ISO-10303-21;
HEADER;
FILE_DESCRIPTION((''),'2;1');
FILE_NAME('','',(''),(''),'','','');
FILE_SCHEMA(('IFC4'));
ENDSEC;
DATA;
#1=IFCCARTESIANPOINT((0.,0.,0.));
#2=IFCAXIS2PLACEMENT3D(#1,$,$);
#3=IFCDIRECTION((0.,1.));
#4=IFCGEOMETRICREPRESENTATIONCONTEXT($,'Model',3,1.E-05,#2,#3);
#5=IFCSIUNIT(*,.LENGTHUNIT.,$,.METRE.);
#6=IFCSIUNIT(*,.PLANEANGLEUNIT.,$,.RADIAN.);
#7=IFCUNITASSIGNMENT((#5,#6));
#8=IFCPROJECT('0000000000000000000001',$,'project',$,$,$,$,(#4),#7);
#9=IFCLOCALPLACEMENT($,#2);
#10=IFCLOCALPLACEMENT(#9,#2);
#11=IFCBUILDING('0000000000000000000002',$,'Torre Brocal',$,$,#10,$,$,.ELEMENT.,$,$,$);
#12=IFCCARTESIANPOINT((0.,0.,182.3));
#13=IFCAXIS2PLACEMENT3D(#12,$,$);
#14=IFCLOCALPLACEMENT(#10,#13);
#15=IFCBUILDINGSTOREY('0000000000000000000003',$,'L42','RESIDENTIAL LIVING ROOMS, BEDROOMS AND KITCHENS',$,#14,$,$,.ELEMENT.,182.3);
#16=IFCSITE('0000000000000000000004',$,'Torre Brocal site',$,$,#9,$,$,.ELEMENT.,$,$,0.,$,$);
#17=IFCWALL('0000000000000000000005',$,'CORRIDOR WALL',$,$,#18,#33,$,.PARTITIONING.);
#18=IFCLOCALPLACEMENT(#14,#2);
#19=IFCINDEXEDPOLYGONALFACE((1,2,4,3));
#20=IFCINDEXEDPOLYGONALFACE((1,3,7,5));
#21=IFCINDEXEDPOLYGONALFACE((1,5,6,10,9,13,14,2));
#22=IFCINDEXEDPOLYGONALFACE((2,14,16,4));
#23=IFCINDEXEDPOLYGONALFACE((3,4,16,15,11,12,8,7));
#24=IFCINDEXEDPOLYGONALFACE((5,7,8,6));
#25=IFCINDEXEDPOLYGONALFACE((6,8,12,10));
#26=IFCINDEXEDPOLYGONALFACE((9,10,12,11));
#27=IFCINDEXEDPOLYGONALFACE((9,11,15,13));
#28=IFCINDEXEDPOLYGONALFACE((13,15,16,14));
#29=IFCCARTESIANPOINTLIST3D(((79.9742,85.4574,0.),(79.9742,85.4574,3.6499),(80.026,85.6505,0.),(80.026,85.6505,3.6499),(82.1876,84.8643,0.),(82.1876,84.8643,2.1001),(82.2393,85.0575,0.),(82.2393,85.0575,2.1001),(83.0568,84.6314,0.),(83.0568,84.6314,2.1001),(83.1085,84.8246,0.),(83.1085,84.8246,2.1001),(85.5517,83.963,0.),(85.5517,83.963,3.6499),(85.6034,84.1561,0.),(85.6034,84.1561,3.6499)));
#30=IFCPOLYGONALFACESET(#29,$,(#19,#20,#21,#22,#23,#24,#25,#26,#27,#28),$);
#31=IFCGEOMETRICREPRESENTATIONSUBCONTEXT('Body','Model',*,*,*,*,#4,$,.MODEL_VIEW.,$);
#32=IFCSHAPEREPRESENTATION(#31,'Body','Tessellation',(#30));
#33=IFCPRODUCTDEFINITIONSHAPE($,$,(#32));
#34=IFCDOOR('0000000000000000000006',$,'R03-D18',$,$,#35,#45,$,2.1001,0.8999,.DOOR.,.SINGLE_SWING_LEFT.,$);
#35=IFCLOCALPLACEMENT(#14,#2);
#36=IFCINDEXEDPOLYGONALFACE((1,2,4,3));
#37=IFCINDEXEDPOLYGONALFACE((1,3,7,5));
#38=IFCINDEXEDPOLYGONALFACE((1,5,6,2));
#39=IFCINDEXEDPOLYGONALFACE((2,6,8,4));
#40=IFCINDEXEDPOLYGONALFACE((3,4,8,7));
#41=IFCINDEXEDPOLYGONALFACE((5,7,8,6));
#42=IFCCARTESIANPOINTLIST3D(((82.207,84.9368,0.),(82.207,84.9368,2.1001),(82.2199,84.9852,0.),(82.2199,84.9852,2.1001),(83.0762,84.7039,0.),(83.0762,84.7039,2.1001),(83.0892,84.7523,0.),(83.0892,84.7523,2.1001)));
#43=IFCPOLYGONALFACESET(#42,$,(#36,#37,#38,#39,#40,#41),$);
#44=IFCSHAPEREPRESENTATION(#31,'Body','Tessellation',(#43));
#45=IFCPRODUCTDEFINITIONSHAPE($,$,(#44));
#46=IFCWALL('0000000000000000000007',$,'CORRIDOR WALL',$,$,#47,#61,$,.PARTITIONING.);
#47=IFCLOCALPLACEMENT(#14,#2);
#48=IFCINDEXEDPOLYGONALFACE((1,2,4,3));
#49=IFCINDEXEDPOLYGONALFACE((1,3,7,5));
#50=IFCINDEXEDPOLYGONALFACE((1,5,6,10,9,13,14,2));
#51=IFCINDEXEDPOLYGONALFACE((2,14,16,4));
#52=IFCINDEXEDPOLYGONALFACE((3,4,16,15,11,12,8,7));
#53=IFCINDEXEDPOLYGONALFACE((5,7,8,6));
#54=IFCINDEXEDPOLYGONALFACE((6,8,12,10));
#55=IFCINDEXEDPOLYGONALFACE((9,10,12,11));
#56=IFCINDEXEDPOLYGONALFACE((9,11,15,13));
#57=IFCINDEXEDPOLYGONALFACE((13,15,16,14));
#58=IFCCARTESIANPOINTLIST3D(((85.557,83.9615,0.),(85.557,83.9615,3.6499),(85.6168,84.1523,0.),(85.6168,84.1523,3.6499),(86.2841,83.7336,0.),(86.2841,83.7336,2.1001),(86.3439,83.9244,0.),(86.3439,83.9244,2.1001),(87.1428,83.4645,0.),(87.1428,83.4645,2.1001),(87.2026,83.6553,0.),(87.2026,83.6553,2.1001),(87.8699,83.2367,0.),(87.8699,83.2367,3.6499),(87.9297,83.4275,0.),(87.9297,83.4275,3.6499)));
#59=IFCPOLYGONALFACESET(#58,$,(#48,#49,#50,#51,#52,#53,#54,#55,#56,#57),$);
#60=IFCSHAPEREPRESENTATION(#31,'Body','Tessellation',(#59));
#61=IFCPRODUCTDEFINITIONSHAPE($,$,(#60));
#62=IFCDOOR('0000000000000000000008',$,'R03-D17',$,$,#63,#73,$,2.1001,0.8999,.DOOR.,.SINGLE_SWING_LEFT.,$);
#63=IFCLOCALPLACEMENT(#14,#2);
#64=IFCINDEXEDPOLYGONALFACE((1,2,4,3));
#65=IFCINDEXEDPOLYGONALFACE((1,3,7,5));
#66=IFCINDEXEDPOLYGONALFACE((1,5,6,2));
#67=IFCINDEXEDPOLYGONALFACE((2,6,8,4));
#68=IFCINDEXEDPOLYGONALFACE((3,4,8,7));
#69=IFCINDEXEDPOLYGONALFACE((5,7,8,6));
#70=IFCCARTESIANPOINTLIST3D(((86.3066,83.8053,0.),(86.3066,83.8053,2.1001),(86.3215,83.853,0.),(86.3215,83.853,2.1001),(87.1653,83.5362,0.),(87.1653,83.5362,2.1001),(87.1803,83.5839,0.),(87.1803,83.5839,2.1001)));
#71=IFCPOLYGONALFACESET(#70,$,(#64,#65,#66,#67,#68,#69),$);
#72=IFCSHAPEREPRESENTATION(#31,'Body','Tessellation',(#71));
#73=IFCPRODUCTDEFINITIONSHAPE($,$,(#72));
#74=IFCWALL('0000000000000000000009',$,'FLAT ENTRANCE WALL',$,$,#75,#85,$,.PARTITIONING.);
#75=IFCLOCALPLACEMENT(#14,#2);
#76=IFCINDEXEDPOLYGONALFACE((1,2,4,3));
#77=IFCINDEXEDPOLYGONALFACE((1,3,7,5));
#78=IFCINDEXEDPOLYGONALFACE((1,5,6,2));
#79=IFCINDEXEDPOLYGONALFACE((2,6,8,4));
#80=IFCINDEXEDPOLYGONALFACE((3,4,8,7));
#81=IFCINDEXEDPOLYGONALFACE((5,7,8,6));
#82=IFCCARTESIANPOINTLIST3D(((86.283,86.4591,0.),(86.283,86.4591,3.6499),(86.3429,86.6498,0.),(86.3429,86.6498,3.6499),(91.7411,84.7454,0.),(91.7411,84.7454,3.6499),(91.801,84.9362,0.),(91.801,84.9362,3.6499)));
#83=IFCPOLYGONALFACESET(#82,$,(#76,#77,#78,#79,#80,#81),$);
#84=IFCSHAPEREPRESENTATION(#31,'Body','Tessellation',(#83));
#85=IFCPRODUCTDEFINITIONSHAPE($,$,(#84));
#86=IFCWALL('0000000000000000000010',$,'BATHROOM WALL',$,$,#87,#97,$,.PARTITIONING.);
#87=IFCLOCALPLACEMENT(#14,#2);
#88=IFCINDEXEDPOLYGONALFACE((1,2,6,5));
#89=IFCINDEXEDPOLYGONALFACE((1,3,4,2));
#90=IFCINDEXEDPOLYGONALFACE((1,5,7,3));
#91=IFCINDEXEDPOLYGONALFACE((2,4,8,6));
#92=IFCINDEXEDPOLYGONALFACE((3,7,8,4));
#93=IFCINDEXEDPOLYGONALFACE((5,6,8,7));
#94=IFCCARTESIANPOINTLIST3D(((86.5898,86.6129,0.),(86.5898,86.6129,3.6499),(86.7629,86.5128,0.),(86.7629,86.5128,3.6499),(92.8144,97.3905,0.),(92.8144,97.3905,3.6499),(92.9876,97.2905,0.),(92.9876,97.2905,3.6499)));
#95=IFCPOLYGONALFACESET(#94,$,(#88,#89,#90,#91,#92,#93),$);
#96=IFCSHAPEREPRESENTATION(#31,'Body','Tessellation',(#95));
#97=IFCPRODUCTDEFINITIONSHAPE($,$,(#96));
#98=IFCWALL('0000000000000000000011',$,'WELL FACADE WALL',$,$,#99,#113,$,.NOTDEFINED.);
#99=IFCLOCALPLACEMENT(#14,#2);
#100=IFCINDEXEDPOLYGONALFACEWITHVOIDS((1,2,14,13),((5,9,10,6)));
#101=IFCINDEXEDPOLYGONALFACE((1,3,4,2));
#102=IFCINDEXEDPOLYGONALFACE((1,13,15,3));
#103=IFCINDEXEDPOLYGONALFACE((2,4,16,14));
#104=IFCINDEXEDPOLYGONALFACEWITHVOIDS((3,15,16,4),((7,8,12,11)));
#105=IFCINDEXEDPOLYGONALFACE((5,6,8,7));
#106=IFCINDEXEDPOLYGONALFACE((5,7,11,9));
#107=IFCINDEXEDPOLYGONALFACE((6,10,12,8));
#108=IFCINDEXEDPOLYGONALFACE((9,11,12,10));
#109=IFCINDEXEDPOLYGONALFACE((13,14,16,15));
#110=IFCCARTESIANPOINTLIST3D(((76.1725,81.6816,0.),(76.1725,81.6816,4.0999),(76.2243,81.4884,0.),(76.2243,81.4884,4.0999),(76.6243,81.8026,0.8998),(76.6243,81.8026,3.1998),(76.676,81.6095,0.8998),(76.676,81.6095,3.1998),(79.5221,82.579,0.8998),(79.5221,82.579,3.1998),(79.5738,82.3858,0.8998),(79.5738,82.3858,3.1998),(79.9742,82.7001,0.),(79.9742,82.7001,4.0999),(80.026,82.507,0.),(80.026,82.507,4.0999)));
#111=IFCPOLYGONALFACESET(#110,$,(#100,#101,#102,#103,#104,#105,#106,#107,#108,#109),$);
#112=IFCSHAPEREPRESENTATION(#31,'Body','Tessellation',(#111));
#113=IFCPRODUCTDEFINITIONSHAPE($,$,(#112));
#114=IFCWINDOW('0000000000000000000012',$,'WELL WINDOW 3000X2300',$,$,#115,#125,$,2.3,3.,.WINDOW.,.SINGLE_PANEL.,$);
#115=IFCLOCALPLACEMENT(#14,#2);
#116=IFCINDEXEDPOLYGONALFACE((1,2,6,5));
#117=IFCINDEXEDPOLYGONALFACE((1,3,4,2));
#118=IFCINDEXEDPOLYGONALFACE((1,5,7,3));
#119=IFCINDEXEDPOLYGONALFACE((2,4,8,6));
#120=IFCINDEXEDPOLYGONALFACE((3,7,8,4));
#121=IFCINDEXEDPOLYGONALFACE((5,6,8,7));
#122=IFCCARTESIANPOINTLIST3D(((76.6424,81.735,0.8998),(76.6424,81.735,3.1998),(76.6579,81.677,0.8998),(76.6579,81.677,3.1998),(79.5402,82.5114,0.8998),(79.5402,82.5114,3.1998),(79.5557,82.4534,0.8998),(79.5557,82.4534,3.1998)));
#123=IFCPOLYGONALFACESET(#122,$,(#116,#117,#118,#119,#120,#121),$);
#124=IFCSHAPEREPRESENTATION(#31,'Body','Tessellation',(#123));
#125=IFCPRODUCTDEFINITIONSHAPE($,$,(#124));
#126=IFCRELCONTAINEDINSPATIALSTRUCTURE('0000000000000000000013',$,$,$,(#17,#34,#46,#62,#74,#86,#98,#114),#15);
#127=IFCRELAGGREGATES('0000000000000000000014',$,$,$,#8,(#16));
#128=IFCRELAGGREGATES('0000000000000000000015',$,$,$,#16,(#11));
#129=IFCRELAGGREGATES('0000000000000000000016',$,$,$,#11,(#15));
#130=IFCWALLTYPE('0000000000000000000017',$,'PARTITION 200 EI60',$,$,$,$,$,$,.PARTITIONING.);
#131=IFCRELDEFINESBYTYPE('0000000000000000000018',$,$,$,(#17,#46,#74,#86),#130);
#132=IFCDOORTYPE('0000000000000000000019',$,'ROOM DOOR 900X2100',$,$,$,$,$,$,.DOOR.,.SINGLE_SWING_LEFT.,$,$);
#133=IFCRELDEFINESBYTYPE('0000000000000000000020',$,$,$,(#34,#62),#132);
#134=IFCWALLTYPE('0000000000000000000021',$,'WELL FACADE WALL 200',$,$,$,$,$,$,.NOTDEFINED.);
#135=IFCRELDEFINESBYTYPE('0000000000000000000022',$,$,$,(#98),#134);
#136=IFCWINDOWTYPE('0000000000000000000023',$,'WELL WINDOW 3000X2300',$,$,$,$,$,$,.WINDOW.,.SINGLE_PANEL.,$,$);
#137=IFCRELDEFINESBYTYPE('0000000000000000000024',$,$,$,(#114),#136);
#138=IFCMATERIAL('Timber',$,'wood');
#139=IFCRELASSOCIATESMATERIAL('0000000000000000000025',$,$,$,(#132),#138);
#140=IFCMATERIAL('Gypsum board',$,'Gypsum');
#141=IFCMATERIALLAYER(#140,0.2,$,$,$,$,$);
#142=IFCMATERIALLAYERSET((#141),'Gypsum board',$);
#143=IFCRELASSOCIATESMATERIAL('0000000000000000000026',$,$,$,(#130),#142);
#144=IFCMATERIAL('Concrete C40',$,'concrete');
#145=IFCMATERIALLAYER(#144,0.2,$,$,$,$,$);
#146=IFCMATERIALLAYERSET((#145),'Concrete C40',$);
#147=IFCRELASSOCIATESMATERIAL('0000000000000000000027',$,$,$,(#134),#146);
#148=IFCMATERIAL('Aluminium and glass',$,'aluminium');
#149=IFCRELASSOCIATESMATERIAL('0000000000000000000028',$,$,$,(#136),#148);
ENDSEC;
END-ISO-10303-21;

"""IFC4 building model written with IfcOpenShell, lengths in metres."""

from ifc_helpers import new_model, si_unit, direction, frame, frame_2d, origin, place, context, subcontext, project, spatial, rectangle, extrude, material, layer, layer_set, type_object, element, fill, save


model = new_model("IFC4")

# Units and contexts
model_context = context("Model", 3, precision=1e-05, world=origin(), true_north=direction((0.0, 1.0)))
body_context = subcontext(model_context, "Body", "Model", "MODEL_VIEW")
ifc_project = project(units=[si_unit("LENGTHUNIT", "METRE"), si_unit("PLANEANGLEUNIT", "RADIAN")], contexts=[model_context])

# Site, building, storey
site_placement = place(None, origin())
site = spatial("IfcSite", under=ifc_project, at=site_placement, Name="Torre Brocal site", CompositionType="ELEMENT", RefElevation=0.0)
building_placement = place(site_placement, origin())
building = spatial("IfcBuilding", under=site, at=building_placement, Name="Torre Brocal", CompositionType="ELEMENT")
storey_placement = place(building_placement, frame((0.0, 0.0, 182.3)))
storey = spatial("IfcBuildingStorey", under=building, at=storey_placement, Name="L42", Description="RESIDENTIAL LIVING ROOMS, BEDROOMS AND KITCHENS", CompositionType="ELEMENT", Elevation=182.3)

# Shared definitions
ifc_material_1 = material(Name="Timber", Category="wood")
door_type_1 = type_object("IfcDoorType", Name="ROOM DOOR 900X2100", OperationType="SINGLE_SWING_LEFT", PredefinedType="DOOR", material=ifc_material_1)

# Shared definitions
ifc_material_2 = material(Name="Gypsum board", Category="Gypsum")
ifc_layer_1 = layer(ifc_material_2, 0.2)
ifc_layer_set_1 = layer_set([ifc_layer_1], Name="Gypsum board")
wall_type_1 = type_object("IfcWallType", Name="PARTITION 200 EI60", PredefinedType="PARTITIONING", material=ifc_layer_set_1)

# Walls, openings, doors
wall_1_placement = place(storey_placement, frame((80.0, 85.554, 0.0), z_axis=(0.0, 0.0, 1.0), x_axis=(0.965929, -0.258807, 0.0)))
wall_1 = element("IfcWall", 1, at=wall_1_placement, inside=storey, type_object=wall_type_1, Name="CORRIDOR WALL", PredefinedType="PARTITIONING", context=body_context, shape_type="SweptSolid", body=[
    extrude(rectangle(XDim=5.7742, YDim=0.2, at=frame_2d((2.8872, 0.0))), origin(), (0.0, 0.0, 1.0), 3.6499),
])
opening_1_placement = place(wall_1_placement, frame((2.2915, 0.0, 0.0)))
opening_1 = element("IfcOpeningElement", 2, at=opening_1_placement, cuts=wall_1, PredefinedType="OPENING", context=body_context, shape_type="SweptSolid", body=[
    extrude(rectangle(XDim=0.8999, YDim=2.1001, at=frame_2d((0.45, 1.05))), frame((0.0, 0.1099, 0.0), z_axis=(0.0, -1.0, 0.0), x_axis=(1.0, 0.0, 0.0)), (0.0, 0.0, 1.0), 0.22),
])
door_1_placement = place(opening_1_placement, frame((0.8999, 0.0, 0.0), z_axis=(0.0, 0.0, 1.0), x_axis=(-1.0, 0.0, 0.0)))
door_1 = element("IfcDoor", 3, at=door_1_placement, inside=storey, type_object=door_type_1, Name="R03-D18", OperationType="SINGLE_SWING_LEFT", OverallHeight=2.1001, OverallWidth=0.8999, PredefinedType="DOOR", context=body_context, shape_type="SweptSolid", body=[
    extrude(rectangle(XDim=0.8999, YDim=2.1001, at=frame_2d((0.45, 1.05))), frame((0.0, 0.0249, 0.0), z_axis=(0.0, -1.0, 0.0), x_axis=(1.0, 0.0, 0.0)), (0.0, 0.0, 1.0), 0.05),
])
fill(opening_1, door_1)
wall_2_placement = place(storey_placement, frame((85.5869, 84.0569, 0.0), z_axis=(0.0, 0.0, 1.0), x_axis=(0.95424, -0.299043, 0.0)))
wall_2 = element("IfcWall", 4, at=wall_2_placement, inside=storey, type_object=wall_type_1, Name="CORRIDOR WALL", PredefinedType="PARTITIONING", context=body_context, shape_type="SweptSolid", body=[
    extrude(rectangle(XDim=2.4238, YDim=0.2, at=frame_2d((1.2119, 0.0))), origin(), (0.0, 0.0, 1.0), 3.6499),
])
opening_2_placement = place(wall_2_placement, frame((0.762, 0.0, 0.0)))
opening_2 = element("IfcOpeningElement", 5, at=opening_2_placement, cuts=wall_2, PredefinedType="OPENING", context=body_context, shape_type="SweptSolid", body=[
    extrude(rectangle(XDim=0.8999, YDim=2.1001, at=frame_2d((0.45, 1.05))), frame((0.0, 0.1099, 0.0), z_axis=(0.0, -1.0, 0.0), x_axis=(1.0, 0.0, 0.0)), (0.0, 0.0, 1.0), 0.22),
])
door_2_placement = place(opening_2_placement, frame((0.8999, 0.0, 0.0), z_axis=(0.0, 0.0, 1.0), x_axis=(-1.0, 0.0, 0.0)))
door_2 = element("IfcDoor", 6, at=door_2_placement, inside=storey, type_object=door_type_1, Name="R03-D17", OperationType="SINGLE_SWING_LEFT", OverallHeight=2.1001, OverallWidth=0.8999, PredefinedType="DOOR", context=body_context, shape_type="SweptSolid", body=[
    extrude(rectangle(XDim=0.8999, YDim=2.1001, at=frame_2d((0.45, 1.05))), frame((0.0, 0.0249, 0.0), z_axis=(0.0, -1.0, 0.0), x_axis=(1.0, 0.0, 0.0)), (0.0, 0.0, 1.0), 0.05),
])
fill(opening_2, door_2)

# Walls
wall_3_placement = place(storey_placement, frame((86.313, 86.5544, 0.0), z_axis=(0.0, 0.0, 1.0), x_axis=(0.954081, -0.299548, 0.0)))
element("IfcWall", 7, at=wall_3_placement, inside=storey, type_object=wall_type_1, Name="FLAT ENTRANCE WALL", PredefinedType="PARTITIONING", context=body_context, shape_type="SweptSolid", body=[
    extrude(rectangle(XDim=5.7207, YDim=0.2, at=frame_2d((2.8604, 0.0))), origin(), (0.0, 0.0, 1.0), 3.6499),
])
wall_4_placement = place(storey_placement, frame((86.6763, 86.5627, 0.0), z_axis=(0.0, 0.0, 1.0), x_axis=(0.500131, 0.86595, 0.0)))
element("IfcWall", 8, at=wall_4_placement, inside=storey, type_object=wall_type_1, Name="BATHROOM WALL", PredefinedType="PARTITIONING", context=body_context, shape_type="SweptSolid", body=[
    extrude(rectangle(XDim=12.446, YDim=0.2, at=frame_2d((6.2231, 0.0))), origin(), (0.0, 0.0, 1.0), 3.6499),
])

# Wall, opening, window
ifc_material_3 = material(Name="Concrete C40", Category="concrete")
ifc_layer_2 = layer(ifc_material_3, 0.2)
ifc_layer_set_2 = layer_set([ifc_layer_2], Name="Concrete C40")
wall_type_2 = type_object("IfcWallType", Name="WELL FACADE WALL 200", PredefinedType="NOTDEFINED", material=ifc_layer_set_2)
wall_5_placement = place(storey_placement, frame((80.0, 82.6035, 0.0), z_axis=(0.0, 0.0, 1.0), x_axis=(-0.965934, -0.25879, 0.0)))
wall_5 = element("IfcWall", 9, at=wall_5_placement, inside=storey, type_object=wall_type_2, Name="WELL FACADE WALL", PredefinedType="NOTDEFINED", context=body_context, shape_type="SweptSolid", body=[
    extrude(rectangle(XDim=3.9358, YDim=0.2, at=frame_2d((1.9678, 0.0))), origin(), (0.0, 0.0, 1.0), 4.0999),
])
opening_3_placement = place(wall_5_placement, frame((0.468, 0.0, 0.8999)))
opening_3 = element("IfcOpeningElement", 10, at=opening_3_placement, cuts=wall_5, PredefinedType="OPENING", context=body_context, shape_type="SweptSolid", body=[
    extrude(rectangle(XDim=3.0, YDim=2.3, at=frame_2d((1.5, 1.1499))), frame((0.0, 0.1099, 0.0), z_axis=(0.0, -1.0, 0.0), x_axis=(1.0, 0.0, 0.0)), (0.0, 0.0, 1.0), 0.22),
])
ifc_material_4 = material(Name="Aluminium and glass", Category="aluminium")
window_type = type_object("IfcWindowType", Name="WELL WINDOW 3000X2300", PartitioningType="SINGLE_PANEL", PredefinedType="WINDOW", material=ifc_material_4)
window_placement = place(opening_3_placement, origin())
window = element("IfcWindow", 11, at=window_placement, inside=storey, type_object=window_type, Name="WELL WINDOW 3000X2300", OverallHeight=2.3, OverallWidth=3.0, PartitioningType="SINGLE_PANEL", PredefinedType="WINDOW", context=body_context, shape_type="SweptSolid", body=[
    extrude(rectangle(XDim=3.0, YDim=2.3, at=frame_2d((1.5, 1.1499))), frame((0.0, 0.03, 0.0), z_axis=(0.0, -1.0, 0.0), x_axis=(1.0, 0.0, 0.0)), (0.0, 0.0, 1.0), 0.0601),
])
fill(opening_3, window)

save(model, "model.ifc")
